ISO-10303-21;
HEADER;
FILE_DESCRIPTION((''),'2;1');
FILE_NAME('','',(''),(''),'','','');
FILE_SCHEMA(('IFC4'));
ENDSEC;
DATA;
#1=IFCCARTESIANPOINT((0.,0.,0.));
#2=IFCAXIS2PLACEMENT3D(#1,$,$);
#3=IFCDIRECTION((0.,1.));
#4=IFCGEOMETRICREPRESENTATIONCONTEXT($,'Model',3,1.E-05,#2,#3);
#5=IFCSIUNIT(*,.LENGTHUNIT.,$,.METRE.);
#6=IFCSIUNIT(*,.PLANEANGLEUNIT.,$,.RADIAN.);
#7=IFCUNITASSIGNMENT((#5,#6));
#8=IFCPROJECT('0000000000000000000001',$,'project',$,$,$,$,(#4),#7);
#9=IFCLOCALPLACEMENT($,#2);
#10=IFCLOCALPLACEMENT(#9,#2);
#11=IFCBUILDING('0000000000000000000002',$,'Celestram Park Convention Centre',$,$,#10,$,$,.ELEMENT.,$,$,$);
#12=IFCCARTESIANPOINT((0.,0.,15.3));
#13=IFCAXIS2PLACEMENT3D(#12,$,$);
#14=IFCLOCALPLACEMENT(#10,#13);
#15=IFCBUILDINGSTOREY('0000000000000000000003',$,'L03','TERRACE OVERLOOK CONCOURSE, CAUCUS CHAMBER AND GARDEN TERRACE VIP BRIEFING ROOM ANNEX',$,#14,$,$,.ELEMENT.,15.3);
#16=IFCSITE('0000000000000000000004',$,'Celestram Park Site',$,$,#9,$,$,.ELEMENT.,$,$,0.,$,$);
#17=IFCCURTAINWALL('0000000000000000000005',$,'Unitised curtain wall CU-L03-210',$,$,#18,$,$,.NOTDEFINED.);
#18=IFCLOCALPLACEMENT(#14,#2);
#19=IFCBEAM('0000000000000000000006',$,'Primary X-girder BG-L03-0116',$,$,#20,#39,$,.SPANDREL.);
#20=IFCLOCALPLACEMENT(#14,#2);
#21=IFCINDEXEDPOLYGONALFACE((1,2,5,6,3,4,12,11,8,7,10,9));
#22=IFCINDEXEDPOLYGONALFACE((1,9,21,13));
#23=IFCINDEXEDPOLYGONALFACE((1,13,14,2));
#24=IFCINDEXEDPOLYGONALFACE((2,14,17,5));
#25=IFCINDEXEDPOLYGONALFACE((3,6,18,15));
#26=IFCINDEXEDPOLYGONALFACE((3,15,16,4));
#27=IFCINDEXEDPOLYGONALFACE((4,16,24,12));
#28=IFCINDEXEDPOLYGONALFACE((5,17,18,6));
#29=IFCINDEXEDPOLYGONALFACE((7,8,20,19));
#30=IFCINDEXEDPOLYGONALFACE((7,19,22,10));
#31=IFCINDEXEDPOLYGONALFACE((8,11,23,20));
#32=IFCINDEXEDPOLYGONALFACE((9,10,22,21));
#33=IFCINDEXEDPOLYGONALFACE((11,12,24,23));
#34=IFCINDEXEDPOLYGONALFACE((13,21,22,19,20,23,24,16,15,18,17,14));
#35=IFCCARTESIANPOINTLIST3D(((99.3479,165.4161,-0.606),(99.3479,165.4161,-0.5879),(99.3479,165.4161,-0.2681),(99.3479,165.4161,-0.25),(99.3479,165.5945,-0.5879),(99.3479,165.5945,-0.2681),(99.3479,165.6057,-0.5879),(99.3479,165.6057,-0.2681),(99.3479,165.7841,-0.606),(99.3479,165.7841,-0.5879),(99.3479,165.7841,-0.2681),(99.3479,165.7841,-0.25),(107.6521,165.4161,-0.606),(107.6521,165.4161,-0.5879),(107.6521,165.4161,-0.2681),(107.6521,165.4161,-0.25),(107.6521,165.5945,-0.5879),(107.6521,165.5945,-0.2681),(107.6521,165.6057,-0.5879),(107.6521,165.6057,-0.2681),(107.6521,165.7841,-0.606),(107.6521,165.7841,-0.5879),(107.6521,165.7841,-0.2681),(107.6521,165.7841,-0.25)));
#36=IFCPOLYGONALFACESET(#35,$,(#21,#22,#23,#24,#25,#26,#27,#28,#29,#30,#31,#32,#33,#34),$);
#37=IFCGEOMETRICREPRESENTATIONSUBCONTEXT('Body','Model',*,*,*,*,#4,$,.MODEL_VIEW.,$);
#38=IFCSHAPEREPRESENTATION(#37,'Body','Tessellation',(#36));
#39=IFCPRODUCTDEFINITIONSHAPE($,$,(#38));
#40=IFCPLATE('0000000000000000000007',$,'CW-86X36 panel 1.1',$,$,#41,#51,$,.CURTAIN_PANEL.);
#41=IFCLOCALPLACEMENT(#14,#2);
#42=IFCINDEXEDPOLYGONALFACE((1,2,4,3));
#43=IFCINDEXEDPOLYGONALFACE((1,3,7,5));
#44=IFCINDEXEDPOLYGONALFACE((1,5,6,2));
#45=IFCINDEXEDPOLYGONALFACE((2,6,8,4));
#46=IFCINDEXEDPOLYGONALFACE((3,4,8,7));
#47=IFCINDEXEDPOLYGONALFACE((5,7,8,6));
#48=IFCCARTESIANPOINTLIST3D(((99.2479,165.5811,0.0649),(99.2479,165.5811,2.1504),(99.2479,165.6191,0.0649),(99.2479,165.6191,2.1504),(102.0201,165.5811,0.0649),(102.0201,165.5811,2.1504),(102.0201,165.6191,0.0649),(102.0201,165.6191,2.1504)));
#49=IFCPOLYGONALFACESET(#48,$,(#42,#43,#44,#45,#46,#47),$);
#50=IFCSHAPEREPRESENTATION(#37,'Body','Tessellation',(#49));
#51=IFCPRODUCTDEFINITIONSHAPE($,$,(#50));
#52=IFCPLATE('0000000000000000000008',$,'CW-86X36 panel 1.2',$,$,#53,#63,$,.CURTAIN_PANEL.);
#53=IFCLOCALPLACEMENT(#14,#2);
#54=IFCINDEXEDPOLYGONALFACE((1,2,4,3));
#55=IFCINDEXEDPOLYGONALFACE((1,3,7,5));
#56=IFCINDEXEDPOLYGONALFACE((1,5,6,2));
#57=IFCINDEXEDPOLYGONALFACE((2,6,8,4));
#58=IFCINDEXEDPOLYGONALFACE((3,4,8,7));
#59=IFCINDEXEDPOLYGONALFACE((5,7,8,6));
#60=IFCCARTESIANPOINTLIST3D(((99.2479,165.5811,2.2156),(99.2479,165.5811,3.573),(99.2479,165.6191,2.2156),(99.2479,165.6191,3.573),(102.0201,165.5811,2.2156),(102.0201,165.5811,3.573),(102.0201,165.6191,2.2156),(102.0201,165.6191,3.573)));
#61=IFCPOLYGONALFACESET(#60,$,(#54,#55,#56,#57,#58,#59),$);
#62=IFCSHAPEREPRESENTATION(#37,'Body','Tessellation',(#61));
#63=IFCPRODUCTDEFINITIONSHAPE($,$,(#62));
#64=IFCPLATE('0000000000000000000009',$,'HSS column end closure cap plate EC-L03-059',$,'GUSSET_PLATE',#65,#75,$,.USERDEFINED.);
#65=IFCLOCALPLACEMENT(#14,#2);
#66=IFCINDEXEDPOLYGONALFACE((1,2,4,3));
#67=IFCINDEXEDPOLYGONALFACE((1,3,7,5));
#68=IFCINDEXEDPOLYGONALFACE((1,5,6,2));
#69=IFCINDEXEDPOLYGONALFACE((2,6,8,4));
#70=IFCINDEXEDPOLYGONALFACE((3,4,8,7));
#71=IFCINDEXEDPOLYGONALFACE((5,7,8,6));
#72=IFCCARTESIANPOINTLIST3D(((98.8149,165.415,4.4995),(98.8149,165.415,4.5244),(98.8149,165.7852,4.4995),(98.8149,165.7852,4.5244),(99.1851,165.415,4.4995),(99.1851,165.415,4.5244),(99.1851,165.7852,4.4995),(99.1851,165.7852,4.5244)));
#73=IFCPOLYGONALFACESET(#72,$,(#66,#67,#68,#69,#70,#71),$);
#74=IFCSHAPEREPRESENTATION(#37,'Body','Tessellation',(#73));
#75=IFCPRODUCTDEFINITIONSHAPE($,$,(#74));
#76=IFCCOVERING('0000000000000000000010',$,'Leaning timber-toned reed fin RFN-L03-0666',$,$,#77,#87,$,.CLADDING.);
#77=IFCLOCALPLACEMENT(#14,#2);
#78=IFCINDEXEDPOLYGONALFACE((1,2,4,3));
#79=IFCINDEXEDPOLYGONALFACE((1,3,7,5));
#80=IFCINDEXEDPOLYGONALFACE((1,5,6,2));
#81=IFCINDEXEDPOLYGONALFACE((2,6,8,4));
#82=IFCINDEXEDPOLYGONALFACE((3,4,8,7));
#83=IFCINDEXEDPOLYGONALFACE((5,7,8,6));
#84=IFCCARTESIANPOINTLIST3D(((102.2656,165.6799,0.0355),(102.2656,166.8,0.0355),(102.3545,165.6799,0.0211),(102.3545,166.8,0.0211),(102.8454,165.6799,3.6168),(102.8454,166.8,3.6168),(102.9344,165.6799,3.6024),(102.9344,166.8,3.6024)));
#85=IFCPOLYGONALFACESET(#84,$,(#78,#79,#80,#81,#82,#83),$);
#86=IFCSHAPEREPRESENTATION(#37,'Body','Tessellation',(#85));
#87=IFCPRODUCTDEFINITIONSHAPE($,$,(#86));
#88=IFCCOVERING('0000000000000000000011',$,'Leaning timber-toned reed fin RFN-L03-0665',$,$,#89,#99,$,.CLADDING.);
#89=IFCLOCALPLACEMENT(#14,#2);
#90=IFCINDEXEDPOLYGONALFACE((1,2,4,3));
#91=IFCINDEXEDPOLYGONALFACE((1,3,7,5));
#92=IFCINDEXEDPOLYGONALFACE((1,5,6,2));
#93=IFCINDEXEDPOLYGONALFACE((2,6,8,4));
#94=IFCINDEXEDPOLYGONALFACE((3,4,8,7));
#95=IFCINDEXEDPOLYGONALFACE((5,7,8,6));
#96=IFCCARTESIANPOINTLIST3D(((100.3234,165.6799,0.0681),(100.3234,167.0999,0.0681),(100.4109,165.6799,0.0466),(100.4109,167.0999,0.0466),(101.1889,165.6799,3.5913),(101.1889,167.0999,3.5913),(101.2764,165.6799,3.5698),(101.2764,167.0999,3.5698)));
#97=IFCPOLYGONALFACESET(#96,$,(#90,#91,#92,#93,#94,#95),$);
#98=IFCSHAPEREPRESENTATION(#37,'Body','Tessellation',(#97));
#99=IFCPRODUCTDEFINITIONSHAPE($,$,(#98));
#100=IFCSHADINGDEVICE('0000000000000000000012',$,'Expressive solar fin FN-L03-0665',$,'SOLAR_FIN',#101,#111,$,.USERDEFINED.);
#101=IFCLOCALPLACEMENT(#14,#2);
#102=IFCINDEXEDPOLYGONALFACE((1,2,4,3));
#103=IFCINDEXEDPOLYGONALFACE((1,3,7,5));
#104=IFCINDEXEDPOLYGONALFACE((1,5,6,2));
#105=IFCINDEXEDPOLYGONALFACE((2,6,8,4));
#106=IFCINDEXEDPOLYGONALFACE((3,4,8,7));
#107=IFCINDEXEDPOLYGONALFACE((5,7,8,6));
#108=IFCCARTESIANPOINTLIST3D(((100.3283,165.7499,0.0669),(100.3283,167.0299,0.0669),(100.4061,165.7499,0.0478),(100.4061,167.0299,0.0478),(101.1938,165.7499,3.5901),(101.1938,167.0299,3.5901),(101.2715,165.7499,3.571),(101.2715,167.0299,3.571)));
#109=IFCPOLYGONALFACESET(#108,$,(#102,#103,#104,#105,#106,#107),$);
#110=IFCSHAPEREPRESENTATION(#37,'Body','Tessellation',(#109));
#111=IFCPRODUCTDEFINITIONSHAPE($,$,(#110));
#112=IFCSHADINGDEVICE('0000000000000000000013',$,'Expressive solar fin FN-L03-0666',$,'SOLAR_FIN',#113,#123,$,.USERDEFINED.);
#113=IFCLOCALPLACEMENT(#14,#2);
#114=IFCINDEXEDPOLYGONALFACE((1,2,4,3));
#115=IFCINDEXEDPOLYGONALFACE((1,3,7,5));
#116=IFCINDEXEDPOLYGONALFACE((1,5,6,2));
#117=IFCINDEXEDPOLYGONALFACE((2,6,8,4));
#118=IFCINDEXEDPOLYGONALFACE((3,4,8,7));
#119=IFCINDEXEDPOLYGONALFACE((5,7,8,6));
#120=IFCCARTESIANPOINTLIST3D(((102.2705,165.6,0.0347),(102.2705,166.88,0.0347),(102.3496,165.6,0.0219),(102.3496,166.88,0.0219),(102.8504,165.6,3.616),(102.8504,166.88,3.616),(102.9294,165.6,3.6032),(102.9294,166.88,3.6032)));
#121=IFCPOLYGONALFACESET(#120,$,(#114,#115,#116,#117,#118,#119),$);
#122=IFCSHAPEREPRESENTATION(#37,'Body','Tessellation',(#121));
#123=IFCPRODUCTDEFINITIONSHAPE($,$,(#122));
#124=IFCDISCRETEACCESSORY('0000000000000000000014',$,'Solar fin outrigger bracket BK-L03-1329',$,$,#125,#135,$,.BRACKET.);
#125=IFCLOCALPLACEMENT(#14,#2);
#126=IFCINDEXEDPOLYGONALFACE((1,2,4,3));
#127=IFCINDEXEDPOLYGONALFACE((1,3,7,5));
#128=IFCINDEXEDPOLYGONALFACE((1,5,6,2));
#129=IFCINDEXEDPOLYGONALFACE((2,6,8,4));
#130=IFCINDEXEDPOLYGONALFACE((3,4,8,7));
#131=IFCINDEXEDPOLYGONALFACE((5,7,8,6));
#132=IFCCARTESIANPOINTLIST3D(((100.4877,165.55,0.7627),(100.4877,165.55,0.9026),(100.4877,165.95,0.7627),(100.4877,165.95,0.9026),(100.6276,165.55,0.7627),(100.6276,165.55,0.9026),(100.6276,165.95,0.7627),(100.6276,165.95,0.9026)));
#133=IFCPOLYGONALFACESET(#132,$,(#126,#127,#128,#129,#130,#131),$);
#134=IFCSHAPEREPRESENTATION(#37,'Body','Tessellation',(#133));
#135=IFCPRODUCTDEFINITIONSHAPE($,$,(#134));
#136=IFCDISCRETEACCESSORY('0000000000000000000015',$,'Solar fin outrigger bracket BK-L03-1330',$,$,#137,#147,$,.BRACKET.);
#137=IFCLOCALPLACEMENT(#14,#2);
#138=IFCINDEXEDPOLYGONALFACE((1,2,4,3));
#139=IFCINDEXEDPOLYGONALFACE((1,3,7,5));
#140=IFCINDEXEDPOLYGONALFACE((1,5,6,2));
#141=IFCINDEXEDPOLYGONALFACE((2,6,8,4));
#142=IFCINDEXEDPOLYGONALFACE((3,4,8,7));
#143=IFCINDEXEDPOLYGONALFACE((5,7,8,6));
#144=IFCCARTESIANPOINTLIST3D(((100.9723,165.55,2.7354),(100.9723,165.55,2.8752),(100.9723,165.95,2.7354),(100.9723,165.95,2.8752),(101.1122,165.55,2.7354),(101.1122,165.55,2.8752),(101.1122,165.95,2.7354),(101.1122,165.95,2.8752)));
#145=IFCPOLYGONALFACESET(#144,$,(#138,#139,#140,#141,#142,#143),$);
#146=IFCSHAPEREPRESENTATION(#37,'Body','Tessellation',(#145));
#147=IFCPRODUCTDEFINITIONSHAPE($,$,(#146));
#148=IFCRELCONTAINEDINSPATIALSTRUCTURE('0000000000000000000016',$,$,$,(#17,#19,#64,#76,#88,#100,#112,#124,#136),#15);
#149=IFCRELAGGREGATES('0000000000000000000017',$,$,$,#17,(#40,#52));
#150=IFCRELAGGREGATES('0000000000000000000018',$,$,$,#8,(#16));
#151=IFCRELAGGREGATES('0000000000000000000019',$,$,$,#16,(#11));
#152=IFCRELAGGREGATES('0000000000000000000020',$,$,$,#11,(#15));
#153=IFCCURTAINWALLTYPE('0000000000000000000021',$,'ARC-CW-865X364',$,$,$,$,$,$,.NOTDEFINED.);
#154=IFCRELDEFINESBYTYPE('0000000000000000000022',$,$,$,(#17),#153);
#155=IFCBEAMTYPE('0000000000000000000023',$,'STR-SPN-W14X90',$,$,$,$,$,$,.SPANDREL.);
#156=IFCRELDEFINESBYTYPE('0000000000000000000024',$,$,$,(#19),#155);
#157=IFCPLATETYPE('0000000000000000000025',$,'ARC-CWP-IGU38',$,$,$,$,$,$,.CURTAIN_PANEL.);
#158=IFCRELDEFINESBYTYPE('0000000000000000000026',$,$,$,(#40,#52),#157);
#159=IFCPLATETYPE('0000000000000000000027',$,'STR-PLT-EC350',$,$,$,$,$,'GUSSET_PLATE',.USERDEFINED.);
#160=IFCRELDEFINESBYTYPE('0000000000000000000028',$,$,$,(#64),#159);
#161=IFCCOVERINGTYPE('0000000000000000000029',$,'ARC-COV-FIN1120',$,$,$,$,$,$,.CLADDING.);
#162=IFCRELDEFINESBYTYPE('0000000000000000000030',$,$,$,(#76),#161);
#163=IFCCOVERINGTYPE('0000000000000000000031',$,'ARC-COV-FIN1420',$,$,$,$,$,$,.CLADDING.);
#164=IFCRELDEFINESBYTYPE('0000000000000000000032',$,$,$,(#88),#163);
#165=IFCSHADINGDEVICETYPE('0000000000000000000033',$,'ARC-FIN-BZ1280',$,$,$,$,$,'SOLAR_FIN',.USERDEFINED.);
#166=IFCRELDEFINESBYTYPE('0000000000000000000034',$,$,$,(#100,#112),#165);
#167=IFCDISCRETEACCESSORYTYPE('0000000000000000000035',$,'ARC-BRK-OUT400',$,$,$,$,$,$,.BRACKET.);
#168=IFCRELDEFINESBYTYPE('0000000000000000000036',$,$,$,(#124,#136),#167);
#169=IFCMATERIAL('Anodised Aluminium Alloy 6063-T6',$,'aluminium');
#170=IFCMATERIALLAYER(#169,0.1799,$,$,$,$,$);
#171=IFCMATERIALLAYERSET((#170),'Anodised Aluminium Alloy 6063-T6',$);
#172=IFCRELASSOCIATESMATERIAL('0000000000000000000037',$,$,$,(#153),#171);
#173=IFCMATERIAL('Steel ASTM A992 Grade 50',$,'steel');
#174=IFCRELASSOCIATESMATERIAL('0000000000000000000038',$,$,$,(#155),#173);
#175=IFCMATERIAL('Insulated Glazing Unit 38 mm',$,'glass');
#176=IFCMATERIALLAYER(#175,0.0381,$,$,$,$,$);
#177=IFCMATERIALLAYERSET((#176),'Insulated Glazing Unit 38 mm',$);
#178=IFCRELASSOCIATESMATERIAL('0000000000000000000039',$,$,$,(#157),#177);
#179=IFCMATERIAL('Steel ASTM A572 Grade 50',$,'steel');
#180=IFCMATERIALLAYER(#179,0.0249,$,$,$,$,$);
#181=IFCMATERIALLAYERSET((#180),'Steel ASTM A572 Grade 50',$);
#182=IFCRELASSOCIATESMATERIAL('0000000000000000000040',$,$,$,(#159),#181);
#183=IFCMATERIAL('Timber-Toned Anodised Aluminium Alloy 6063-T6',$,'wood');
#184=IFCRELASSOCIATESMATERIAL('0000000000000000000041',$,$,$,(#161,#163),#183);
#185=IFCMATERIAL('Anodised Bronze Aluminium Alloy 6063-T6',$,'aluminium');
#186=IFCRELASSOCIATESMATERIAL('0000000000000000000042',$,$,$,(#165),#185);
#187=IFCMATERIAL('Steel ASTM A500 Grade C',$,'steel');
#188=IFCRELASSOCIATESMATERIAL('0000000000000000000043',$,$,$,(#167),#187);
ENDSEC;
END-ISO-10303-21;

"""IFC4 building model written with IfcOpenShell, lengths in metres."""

from ifc_helpers import new_model, si_unit, direction, frame, origin, origin_2d, place, context, subcontext, project, spatial, rectangle, i_section, extrude, material, layer, layer_set, material_profile, profile_set, type_object, element, aggregate, save


model = new_model("IFC4")

# Units and contexts
model_context = context("Model", 3, precision=1e-05, world=origin(), true_north=direction((0.0, 1.0)))
body_context = subcontext(model_context, "Body", "Model", "MODEL_VIEW")
ifc_project = project(units=[si_unit("LENGTHUNIT", "METRE"), si_unit("PLANEANGLEUNIT", "RADIAN")], contexts=[model_context])

# Site, building, storey
site_placement = place(None, origin())
site = spatial("IfcSite", under=ifc_project, at=site_placement, Name="Celestram Park Site", CompositionType="ELEMENT", RefElevation=0.0)
building_placement = place(site_placement, origin())
building = spatial("IfcBuilding", under=site, at=building_placement, Name="Celestram Park Convention Centre", CompositionType="ELEMENT")
storey_placement = place(building_placement, frame((0.0, 0.0, 15.3)))
storey = spatial("IfcBuildingStorey", under=building, at=storey_placement, Name="L03", Description="TERRACE OVERLOOK CONCOURSE, CAUCUS CHAMBER AND GARDEN TERRACE VIP BRIEFING ROOM ANNEX", CompositionType="ELEMENT", Elevation=15.3)

# Shared definitions
ifc_material_1 = material(Name="Steel ASTM A500 Grade C", Category="steel")

# Shared definitions
ifc_material_2 = material(Name="Anodised Aluminium Alloy 6063-T6", Category="aluminium")

# Curtain wall
ifc_layer_1 = layer(ifc_material_2, 0.1799)
ifc_layer_set_1 = layer_set([ifc_layer_1], Name="Anodised Aluminium Alloy 6063-T6")
curtain_wall_type_1 = type_object("IfcCurtainWallType", Name="ARC-CW-865X364", PredefinedType="NOTDEFINED", material=ifc_layer_set_1)
curtain_wall_1_placement = place(storey_placement, origin())
curtain_wall_1 = element("IfcCurtainWall", 1, at=curtain_wall_1_placement, inside=storey, type_object=curtain_wall_type_1, Name="Unitised curtain wall CU-L03-210", PredefinedType="NOTDEFINED")

# Beam
ifc_material_3 = material(Name="Steel ASTM A992 Grade 50", Category="steel")
ifc_material_profile_1 = material_profile(ifc_material_3, i_section(OverallWidth=0.3679, OverallDepth=0.356, WebThickness=0.0112, FlangeThickness=0.0181, at=origin_2d()), Name="W14X90")
ifc_profile_set_1 = profile_set([ifc_material_profile_1], Name="Steel ASTM A992 Grade 50")
beam_type = type_object("IfcBeamType", Name="STR-SPN-W14X90", PredefinedType="SPANDREL", material=ifc_profile_set_1)
beam_placement = place(storey_placement, frame((99.3479, 165.6001, -0.428), z_axis=(1.0, 0.0, 0.0), x_axis=(0.0, 1.0, 0.0)))
element("IfcBeam", 2, at=beam_placement, inside=storey, type_object=beam_type, Name="Primary X-girder BG-L03-0116", PredefinedType="SPANDREL", context=body_context, shape_type="SweptSolid", body=[
    extrude(i_section(OverallWidth=0.3679, OverallDepth=0.356, WebThickness=0.0112, FlangeThickness=0.0181, at=origin_2d()), origin(), (0.0, 0.0, 1.0), 8.3042),
])

# Plates
ifc_material_4 = material(Name="Insulated Glazing Unit 38 mm", Category="glass")
ifc_layer_2 = layer(ifc_material_4, 0.0381)
ifc_layer_set_2 = layer_set([ifc_layer_2], Name="Insulated Glazing Unit 38 mm")
plate_type_1 = type_object("IfcPlateType", Name="ARC-CWP-IGU38", PredefinedType="CURTAIN_PANEL", material=ifc_layer_set_2)
plate_1_placement = place(storey_placement, frame((100.634, 165.6001, 0.0649), z_axis=(0.0, 0.0, 1.0), x_axis=(1.0, 0.0, 0.0)))
plate_1 = element("IfcPlate", 3, at=plate_1_placement, type_object=plate_type_1, Name="CW-86X36 panel 1.1", PredefinedType="CURTAIN_PANEL", context=body_context, shape_type="SweptSolid", body=[
    extrude(rectangle(XDim=2.7722, YDim=0.0381, at=origin_2d()), origin(), (0.0, 0.0, 1.0), 2.0854),
])
plate_2_placement = place(storey_placement, frame((100.634, 165.6001, 2.2156), z_axis=(0.0, 0.0, 1.0), x_axis=(1.0, 0.0, 0.0)))
plate_2 = element("IfcPlate", 4, at=plate_2_placement, type_object=plate_type_1, Name="CW-86X36 panel 1.2", PredefinedType="CURTAIN_PANEL", context=body_context, shape_type="SweptSolid", body=[
    extrude(rectangle(XDim=2.7722, YDim=0.0381, at=origin_2d()), origin(), (0.0, 0.0, 1.0), 1.3574),
])
aggregate(curtain_wall_1, [plate_1, plate_2])
ifc_material_5 = material(Name="Steel ASTM A572 Grade 50", Category="steel")
ifc_layer_3 = layer(ifc_material_5, 0.0249)
ifc_layer_set_3 = layer_set([ifc_layer_3], Name="Steel ASTM A572 Grade 50")
plate_type_2 = type_object("IfcPlateType", Name="STR-PLT-EC350", ElementType="GUSSET_PLATE", PredefinedType="USERDEFINED", material=ifc_layer_set_3)
plate_3_placement = place(storey_placement, frame((99.0, 165.6001, 4.4995), z_axis=(0.0, 0.0, 1.0), x_axis=(1.0, 0.0, 0.0)))
element("IfcPlate", 5, at=plate_3_placement, inside=storey, type_object=plate_type_2, Name="HSS column end closure cap plate EC-L03-059", ObjectType="GUSSET_PLATE", PredefinedType="USERDEFINED", context=body_context, shape_type="SweptSolid", body=[
    extrude(rectangle(XDim=0.3701, YDim=0.3701, at=origin_2d()), origin(), (0.0, 0.0, 1.0), 0.0249),
])

# Coverings
ifc_material_6 = material(Name="Timber-Toned Anodised Aluminium Alloy 6063-T6", Category="wood")
ifc_material_profile_2 = material_profile(ifc_material_6, rectangle(XDim=1.1201, YDim=0.0901, at=origin_2d()), Name="REED1120X90")
ifc_profile_set_2 = profile_set([ifc_material_profile_2], Name="Timber-Toned Anodised Aluminium Alloy 6063-T6")
covering_type_1 = type_object("IfcCoveringType", Name="ARC-COV-FIN1120", PredefinedType="CLADDING", material=ifc_profile_set_2)
covering_1_placement = place(storey_placement, frame((102.3101, 166.24, 0.0283), z_axis=(0.159825, 0.0, 0.987145), x_axis=(0.0, 1.0, 0.0)))
element("IfcCovering", 6, at=covering_1_placement, inside=storey, type_object=covering_type_1, Name="Leaning timber-toned reed fin RFN-L03-0666", PredefinedType="CLADDING", context=body_context, shape_type="SweptSolid", body=[
    extrude(rectangle(XDim=1.1201, YDim=0.0901, at=origin_2d()), origin(), (0.0, 0.0, 1.0), 3.6279),
])
ifc_material_profile_3 = material_profile(ifc_material_6, rectangle(XDim=1.4199, YDim=0.0901, at=origin_2d()), Name="REED1420X90")
ifc_profile_set_3 = profile_set([ifc_material_profile_3], Name="Timber-Toned Anodised Aluminium Alloy 6063-T6")
covering_type_2 = type_object("IfcCoveringType", Name="ARC-COV-FIN1420", PredefinedType="CLADDING", material=ifc_profile_set_3)
covering_2_placement = place(storey_placement, frame((100.3672, 166.3899, 0.0574), z_axis=(0.238559, 0.0, 0.971128), x_axis=(0.0, 1.0, 0.0)))
element("IfcCovering", 7, at=covering_2_placement, inside=storey, type_object=covering_type_2, Name="Leaning timber-toned reed fin RFN-L03-0665", PredefinedType="CLADDING", context=body_context, shape_type="SweptSolid", body=[
    extrude(rectangle(XDim=1.4199, YDim=0.0901, at=origin_2d()), origin(), (0.0, 0.0, 1.0), 3.6279),
])

# Shading devices
ifc_material_7 = material(Name="Anodised Bronze Aluminium Alloy 6063-T6", Category="aluminium")
ifc_material_profile_4 = material_profile(ifc_material_7, rectangle(XDim=1.28, YDim=0.0801, at=origin_2d()), Name="FIN1280X80")
ifc_profile_set_4 = profile_set([ifc_material_profile_4], Name="Anodised Bronze Aluminium Alloy 6063-T6")
shading_device_type = type_object("IfcShadingDeviceType", Name="ARC-FIN-BZ1280", ElementType="SOLAR_FIN", PredefinedType="USERDEFINED", material=ifc_profile_set_4)
for number, where, z_axis, x_axis, name in (
    (8, (100.3672, 166.3899, 0.0574), (0.238559, 0.0, 0.971128), (0.0, 1.0, 0.0), "Expressive solar fin FN-L03-0665"),
    (9, (102.3101, 166.24, 0.0283), (0.159825, 0.0, 0.987145), (0.0, 1.0, 0.0), "Expressive solar fin FN-L03-0666"),
):
    element("IfcShadingDevice", number, at=place(storey_placement, frame(where, z_axis=z_axis, x_axis=x_axis)), inside=storey, type_object=shading_device_type, Name=name, ObjectType="SOLAR_FIN", PredefinedType="USERDEFINED", context=body_context, shape_type="SweptSolid", body=[
        extrude(rectangle(XDim=1.28, YDim=0.0801, at=origin_2d()), origin(), (0.0, 0.0, 1.0), 3.6279),
    ])

# Discrete accessories
discrete_accessory_type = type_object("IfcDiscreteAccessoryType", Name="ARC-BRK-OUT400", PredefinedType="BRACKET", material=ifc_material_1)
for number, where, z_axis, x_axis, name in (
    (10, (100.5576, 165.75, 0.7627), (0.0, 0.0, 1.0), (0.0, 1.0, 0.0), "Solar fin outrigger bracket BK-L03-1329"),
    (11, (101.0422, 165.75, 2.7354), (0.0, 0.0, 1.0), (0.0, 1.0, 0.0), "Solar fin outrigger bracket BK-L03-1330"),
):
    element("IfcDiscreteAccessory", number, at=place(storey_placement, frame(where, z_axis=z_axis, x_axis=x_axis)), inside=storey, type_object=discrete_accessory_type, Name=name, PredefinedType="BRACKET", context=body_context, shape_type="SweptSolid", body=[
        extrude(rectangle(XDim=0.3999, YDim=0.1399, at=origin_2d()), origin(), (0.0, 0.0, 1.0), 0.1399),
    ])

save(model, "model.ifc")
